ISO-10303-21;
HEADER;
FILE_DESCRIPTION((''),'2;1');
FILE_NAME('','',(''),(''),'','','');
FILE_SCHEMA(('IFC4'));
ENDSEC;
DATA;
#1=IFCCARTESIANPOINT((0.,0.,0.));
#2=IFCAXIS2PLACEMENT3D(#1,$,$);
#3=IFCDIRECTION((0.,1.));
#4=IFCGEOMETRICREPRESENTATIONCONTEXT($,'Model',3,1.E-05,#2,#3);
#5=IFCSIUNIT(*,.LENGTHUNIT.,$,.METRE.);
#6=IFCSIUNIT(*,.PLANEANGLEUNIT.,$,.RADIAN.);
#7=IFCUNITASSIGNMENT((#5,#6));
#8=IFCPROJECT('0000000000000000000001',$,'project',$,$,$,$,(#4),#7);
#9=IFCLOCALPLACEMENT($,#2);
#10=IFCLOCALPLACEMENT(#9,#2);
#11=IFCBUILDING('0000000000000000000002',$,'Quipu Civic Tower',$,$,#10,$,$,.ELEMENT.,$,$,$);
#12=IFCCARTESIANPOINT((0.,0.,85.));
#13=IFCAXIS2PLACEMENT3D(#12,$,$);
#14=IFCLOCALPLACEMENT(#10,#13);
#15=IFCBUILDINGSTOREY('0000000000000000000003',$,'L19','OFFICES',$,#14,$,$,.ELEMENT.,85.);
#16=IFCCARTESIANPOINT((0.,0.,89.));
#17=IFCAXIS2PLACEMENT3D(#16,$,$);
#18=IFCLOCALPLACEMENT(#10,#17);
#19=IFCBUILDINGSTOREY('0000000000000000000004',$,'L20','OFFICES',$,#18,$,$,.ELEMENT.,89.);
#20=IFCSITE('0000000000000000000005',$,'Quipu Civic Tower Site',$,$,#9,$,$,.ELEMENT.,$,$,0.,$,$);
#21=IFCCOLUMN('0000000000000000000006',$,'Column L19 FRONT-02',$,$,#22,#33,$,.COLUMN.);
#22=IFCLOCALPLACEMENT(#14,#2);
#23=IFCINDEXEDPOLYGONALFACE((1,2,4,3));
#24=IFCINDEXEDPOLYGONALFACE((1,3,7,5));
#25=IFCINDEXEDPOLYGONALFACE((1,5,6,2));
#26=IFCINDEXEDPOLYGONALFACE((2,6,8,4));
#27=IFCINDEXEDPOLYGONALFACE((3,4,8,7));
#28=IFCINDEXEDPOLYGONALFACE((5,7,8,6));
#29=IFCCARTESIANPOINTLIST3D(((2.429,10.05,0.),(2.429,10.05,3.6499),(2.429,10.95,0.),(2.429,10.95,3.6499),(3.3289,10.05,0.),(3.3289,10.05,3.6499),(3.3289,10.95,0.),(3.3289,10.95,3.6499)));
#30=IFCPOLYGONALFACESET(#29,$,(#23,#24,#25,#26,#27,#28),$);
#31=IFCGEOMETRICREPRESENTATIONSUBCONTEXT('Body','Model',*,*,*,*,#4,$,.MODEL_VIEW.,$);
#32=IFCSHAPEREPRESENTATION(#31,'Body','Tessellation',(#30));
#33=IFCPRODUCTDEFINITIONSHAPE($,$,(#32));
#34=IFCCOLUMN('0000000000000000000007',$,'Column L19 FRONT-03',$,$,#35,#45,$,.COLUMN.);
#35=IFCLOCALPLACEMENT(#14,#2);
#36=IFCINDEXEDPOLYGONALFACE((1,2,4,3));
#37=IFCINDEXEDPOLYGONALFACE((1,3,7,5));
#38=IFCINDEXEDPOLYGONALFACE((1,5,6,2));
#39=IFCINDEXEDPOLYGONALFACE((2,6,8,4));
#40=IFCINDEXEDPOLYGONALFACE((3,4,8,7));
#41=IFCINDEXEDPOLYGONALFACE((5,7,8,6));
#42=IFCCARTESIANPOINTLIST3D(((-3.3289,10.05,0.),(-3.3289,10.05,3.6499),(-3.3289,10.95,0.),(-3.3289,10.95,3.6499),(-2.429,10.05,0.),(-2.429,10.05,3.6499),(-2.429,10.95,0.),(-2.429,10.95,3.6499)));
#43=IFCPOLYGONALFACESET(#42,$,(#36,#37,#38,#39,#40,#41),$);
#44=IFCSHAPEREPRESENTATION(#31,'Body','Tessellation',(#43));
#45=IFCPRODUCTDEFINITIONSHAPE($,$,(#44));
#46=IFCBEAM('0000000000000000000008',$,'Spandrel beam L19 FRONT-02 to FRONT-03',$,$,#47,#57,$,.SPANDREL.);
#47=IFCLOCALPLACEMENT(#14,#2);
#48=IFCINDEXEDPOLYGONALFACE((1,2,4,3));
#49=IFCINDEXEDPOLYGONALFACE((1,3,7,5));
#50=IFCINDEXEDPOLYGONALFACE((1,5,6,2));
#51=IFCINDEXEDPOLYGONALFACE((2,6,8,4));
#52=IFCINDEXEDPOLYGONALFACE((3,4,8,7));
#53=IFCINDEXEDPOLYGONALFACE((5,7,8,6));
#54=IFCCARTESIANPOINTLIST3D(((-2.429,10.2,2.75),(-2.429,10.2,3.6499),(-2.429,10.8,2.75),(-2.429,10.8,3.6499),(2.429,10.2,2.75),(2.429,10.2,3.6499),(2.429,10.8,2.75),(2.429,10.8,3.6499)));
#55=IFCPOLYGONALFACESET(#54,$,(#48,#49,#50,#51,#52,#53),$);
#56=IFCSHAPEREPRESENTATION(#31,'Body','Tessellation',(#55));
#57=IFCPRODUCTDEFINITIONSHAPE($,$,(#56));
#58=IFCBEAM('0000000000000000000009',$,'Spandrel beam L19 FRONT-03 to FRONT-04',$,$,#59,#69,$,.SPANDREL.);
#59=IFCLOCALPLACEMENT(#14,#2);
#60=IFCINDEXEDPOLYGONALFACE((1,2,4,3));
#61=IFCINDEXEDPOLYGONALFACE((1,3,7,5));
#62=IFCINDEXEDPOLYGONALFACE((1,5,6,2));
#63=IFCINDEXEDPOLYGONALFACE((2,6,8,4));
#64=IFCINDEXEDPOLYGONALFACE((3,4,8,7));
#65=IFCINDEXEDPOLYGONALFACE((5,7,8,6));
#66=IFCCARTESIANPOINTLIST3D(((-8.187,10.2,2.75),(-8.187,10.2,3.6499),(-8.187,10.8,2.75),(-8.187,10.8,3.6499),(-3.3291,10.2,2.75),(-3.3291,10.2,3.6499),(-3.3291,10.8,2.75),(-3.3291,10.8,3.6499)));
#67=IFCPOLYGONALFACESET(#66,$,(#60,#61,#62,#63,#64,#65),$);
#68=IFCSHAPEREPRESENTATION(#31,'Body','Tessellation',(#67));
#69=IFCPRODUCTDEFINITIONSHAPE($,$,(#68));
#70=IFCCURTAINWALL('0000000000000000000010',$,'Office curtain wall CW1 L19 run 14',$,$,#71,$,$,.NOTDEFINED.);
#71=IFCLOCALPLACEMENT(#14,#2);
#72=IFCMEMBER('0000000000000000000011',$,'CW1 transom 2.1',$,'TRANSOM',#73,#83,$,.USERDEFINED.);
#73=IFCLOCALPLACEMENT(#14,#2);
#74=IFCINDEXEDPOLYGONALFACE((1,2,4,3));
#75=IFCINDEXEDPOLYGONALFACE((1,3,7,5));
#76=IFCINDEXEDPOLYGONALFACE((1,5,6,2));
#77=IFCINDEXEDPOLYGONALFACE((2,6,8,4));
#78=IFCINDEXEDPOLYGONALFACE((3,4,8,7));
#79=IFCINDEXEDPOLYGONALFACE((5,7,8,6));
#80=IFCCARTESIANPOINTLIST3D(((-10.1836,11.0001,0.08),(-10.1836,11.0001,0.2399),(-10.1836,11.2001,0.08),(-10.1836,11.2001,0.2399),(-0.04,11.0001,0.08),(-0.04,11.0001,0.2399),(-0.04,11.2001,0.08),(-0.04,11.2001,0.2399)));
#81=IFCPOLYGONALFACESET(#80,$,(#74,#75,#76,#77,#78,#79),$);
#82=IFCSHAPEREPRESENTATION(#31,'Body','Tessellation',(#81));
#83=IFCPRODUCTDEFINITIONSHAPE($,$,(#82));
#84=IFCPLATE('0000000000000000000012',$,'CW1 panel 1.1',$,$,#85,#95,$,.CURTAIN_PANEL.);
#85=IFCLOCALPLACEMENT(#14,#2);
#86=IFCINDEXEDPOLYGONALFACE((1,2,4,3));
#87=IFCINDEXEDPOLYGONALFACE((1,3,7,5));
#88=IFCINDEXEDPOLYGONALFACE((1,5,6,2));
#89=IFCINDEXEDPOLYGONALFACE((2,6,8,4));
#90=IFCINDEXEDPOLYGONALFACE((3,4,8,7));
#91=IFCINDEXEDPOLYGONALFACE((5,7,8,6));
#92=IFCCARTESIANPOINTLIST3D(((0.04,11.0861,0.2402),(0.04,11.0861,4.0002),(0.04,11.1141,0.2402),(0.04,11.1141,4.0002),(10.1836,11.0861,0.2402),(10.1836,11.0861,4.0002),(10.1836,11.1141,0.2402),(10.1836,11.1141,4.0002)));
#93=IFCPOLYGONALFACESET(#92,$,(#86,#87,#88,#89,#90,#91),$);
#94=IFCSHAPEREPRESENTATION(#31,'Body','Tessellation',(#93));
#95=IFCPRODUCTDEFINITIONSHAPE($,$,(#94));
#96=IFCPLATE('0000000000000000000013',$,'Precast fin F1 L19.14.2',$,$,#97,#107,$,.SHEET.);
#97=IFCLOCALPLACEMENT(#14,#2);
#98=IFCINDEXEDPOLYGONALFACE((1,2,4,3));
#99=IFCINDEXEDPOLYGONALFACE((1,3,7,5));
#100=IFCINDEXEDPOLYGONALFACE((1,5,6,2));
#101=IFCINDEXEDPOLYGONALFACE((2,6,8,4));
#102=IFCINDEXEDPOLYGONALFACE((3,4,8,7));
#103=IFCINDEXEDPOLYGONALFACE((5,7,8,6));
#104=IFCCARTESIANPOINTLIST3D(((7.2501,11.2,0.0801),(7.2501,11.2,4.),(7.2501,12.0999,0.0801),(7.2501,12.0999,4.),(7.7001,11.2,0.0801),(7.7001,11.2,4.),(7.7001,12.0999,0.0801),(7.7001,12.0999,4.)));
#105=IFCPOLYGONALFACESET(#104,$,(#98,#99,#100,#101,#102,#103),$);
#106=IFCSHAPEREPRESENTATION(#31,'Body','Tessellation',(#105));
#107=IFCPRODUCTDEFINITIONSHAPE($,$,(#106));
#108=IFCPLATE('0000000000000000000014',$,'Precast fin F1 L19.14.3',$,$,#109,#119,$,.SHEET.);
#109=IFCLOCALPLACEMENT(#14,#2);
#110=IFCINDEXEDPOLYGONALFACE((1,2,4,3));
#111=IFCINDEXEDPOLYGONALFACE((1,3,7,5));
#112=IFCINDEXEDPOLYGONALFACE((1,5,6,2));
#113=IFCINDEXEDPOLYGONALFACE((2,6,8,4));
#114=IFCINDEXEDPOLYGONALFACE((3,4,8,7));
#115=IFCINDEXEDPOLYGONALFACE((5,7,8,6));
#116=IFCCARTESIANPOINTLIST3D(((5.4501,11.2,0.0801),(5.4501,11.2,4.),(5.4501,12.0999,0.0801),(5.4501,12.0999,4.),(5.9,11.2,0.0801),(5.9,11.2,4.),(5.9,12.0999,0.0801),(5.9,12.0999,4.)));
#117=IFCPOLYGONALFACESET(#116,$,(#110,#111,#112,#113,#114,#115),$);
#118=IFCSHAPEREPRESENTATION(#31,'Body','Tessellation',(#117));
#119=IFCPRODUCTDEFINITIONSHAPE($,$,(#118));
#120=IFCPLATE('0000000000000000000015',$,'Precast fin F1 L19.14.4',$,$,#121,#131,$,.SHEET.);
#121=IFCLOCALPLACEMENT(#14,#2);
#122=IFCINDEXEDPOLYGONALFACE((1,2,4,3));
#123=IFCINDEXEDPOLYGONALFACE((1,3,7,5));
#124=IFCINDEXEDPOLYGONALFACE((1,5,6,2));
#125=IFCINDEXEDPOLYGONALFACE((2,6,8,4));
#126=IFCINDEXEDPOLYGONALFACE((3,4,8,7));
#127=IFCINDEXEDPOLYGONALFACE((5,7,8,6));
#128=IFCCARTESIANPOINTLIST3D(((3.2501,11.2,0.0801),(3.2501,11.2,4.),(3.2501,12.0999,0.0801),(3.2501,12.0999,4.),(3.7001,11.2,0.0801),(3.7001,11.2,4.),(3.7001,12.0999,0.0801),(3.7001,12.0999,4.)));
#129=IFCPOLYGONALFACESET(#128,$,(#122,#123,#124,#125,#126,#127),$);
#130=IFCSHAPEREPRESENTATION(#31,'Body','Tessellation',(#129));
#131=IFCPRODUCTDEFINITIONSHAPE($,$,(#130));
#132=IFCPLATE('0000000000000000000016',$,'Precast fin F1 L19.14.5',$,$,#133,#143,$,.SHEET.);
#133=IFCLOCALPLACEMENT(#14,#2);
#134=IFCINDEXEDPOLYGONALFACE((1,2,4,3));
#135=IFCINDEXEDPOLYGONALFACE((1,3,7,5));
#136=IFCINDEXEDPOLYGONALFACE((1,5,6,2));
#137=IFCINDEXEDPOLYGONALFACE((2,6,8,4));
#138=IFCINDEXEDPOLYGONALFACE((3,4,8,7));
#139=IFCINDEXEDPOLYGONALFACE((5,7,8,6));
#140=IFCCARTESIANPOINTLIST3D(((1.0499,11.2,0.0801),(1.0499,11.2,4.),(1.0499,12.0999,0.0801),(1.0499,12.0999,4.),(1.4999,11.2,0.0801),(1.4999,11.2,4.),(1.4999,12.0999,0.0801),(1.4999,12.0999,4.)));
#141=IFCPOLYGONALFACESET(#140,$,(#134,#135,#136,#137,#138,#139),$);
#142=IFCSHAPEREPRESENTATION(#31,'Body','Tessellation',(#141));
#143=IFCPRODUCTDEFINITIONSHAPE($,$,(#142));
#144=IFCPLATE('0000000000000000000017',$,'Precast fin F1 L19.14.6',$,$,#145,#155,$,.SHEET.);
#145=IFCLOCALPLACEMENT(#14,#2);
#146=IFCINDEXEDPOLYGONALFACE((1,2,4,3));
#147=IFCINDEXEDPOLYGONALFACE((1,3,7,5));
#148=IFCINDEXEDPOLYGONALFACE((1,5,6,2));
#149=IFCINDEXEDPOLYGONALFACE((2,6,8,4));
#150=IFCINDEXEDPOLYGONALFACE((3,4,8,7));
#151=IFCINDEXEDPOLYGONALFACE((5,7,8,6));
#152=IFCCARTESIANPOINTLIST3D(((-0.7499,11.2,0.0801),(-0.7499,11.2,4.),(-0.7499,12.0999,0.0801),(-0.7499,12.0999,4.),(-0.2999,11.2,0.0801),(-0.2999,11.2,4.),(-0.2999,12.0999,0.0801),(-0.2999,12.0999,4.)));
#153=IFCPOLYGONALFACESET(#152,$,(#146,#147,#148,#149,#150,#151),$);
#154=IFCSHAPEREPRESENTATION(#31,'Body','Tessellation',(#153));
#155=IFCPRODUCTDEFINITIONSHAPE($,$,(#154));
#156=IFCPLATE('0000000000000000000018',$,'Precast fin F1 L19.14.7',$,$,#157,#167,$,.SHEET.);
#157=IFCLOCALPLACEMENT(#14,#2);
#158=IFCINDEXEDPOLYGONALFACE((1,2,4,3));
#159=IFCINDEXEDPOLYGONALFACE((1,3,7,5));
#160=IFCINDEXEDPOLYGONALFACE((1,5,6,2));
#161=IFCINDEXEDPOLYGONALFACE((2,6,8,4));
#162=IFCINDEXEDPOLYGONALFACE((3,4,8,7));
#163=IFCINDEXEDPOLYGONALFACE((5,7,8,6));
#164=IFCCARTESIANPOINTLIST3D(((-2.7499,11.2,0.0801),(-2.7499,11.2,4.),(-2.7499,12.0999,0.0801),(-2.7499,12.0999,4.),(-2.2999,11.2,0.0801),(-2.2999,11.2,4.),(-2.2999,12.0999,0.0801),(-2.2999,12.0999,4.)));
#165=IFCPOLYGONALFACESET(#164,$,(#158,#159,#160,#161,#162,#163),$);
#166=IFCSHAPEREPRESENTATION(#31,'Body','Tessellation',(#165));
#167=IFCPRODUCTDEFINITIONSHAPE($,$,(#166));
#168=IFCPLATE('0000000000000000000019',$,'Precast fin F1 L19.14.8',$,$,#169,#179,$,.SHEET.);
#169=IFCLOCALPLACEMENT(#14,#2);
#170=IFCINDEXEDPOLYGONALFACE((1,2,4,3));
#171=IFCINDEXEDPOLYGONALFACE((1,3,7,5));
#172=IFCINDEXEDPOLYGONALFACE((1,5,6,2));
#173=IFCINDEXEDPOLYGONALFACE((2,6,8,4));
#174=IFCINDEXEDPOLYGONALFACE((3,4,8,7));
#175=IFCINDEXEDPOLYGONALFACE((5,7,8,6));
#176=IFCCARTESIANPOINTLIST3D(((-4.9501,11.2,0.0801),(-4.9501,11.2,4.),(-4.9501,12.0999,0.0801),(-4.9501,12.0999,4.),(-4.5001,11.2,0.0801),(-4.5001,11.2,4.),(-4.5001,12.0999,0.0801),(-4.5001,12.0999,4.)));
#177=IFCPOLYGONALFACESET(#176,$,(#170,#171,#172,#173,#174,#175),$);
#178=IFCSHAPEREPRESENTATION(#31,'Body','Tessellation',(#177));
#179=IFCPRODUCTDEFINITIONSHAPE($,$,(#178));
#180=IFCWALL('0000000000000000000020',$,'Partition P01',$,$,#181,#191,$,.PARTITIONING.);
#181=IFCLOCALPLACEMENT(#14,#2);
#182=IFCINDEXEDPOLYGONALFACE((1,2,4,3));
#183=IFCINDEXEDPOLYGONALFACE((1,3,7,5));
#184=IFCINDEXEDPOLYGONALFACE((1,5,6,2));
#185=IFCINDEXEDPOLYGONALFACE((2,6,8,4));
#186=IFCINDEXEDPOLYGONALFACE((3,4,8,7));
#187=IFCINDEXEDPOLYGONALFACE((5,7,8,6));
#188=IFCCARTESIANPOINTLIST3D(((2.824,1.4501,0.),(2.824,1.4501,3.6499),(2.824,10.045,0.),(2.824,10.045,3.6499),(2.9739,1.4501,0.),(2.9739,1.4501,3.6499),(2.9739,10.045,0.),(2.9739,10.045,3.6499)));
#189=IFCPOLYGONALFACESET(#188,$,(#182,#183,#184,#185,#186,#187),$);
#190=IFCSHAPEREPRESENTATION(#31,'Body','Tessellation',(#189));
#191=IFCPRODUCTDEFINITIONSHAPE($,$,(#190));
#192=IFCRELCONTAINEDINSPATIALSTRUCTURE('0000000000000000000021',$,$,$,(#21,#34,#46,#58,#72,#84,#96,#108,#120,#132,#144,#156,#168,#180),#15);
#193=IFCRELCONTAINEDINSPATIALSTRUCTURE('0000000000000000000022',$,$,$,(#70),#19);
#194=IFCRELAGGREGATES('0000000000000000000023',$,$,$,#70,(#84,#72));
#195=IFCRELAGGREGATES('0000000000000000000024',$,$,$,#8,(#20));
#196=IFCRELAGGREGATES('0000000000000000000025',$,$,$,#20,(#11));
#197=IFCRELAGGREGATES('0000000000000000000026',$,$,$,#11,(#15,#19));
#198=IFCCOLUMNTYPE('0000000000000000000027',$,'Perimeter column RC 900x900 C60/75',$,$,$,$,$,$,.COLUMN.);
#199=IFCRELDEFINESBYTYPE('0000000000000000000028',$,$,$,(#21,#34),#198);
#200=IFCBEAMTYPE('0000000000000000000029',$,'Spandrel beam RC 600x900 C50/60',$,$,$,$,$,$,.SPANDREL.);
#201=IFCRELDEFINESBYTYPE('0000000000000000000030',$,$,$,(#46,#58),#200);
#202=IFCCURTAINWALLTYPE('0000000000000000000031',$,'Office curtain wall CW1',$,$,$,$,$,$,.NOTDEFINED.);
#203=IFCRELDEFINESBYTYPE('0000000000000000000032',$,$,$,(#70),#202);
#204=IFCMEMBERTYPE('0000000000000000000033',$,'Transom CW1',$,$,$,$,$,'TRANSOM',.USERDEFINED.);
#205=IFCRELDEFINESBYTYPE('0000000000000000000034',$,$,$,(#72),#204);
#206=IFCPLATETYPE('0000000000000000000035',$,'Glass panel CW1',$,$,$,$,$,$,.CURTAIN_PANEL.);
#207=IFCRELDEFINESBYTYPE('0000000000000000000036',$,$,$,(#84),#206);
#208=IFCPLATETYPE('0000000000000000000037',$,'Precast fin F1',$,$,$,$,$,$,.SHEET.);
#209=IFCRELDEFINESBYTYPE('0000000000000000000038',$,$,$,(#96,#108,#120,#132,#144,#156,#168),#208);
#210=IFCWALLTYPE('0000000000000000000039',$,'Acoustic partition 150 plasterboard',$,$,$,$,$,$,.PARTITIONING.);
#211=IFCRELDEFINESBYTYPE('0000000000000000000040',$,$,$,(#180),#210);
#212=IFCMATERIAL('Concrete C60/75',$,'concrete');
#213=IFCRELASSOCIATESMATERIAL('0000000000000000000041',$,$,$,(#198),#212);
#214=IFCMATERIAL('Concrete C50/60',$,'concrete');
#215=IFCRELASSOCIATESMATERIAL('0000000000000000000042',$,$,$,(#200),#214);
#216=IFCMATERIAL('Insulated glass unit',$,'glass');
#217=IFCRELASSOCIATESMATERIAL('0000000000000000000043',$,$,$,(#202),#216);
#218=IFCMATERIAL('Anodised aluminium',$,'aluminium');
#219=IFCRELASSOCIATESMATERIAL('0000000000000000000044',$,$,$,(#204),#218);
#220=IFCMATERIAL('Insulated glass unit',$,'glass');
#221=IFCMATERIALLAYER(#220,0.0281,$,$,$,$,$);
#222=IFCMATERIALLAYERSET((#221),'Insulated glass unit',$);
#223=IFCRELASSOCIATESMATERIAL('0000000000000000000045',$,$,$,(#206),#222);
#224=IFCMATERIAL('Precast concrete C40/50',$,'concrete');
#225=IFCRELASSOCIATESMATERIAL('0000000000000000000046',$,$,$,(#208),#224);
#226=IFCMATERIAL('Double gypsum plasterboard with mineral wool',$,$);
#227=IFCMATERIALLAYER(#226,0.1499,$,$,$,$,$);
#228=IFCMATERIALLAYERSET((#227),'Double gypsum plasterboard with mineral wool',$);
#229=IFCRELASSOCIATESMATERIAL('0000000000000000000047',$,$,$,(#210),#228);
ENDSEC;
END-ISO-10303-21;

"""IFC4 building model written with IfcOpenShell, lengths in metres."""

from ifc_helpers import new_model, si_unit, direction, frame, frame_2d, origin, origin_2d, place, context, subcontext, project, spatial, rectangle, extrude, material, layer, layer_set, material_profile, profile_set, type_object, element, aggregate, save


model = new_model("IFC4")

# Units and contexts
model_context = context("Model", 3, precision=1e-05, world=origin(), true_north=direction((0.0, 1.0)))
body_context = subcontext(model_context, "Body", "Model", "MODEL_VIEW")
ifc_project = project(units=[si_unit("LENGTHUNIT", "METRE"), si_unit("PLANEANGLEUNIT", "RADIAN")], contexts=[model_context])

# Site, building, storey
site_placement = place(None, origin())
site = spatial("IfcSite", under=ifc_project, at=site_placement, Name="Quipu Civic Tower Site", CompositionType="ELEMENT", RefElevation=0.0)
building_placement = place(site_placement, origin())
building = spatial("IfcBuilding", under=site, at=building_placement, Name="Quipu Civic Tower", CompositionType="ELEMENT")
storey_1_placement = place(building_placement, frame((0.0, 0.0, 85.0)))
storey_1 = spatial("IfcBuildingStorey", under=building, at=storey_1_placement, Name="L19", Description="OFFICES", CompositionType="ELEMENT", Elevation=85.0)

# Columns
ifc_material_1 = material(Name="Concrete C60/75", Category="concrete")
ifc_material_profile_1 = material_profile(ifc_material_1, rectangle(XDim=0.8999, YDim=0.8999, at=origin_2d()), Name="RC900x900")
ifc_profile_set_1 = profile_set([ifc_material_profile_1], Name="Concrete C60/75")
column_type = type_object("IfcColumnType", Name="Perimeter column RC 900x900 C60/75", PredefinedType="COLUMN", material=ifc_profile_set_1)
for number, where, z_axis, x_axis, name in (
    (1, (2.8789, 10.5, 0.0), (0.0, 0.0, 1.0), (-1.0, 0.0, 0.0), "Column L19 FRONT-02"),
    (2, (-2.8789, 10.5, 0.0), (0.0, 0.0, 1.0), (-1.0, 0.0, 0.0), "Column L19 FRONT-03"),
):
    element("IfcColumn", number, at=place(storey_1_placement, frame(where, z_axis=z_axis, x_axis=x_axis)), inside=storey_1, type_object=column_type, Name=name, PredefinedType="COLUMN", context=body_context, shape_type="SweptSolid", body=[
        extrude(rectangle(XDim=0.8999, YDim=0.8999, at=origin_2d()), origin(), (0.0, 0.0, 1.0), 3.6499),
    ])

# Beams
ifc_material_2 = material(Name="Concrete C50/60", Category="concrete")
ifc_material_profile_2 = material_profile(ifc_material_2, rectangle(XDim=0.6001, YDim=0.8999, at=origin_2d()), Name="RC600x900")
ifc_profile_set_2 = profile_set([ifc_material_profile_2], Name="Concrete C50/60")
beam_type = type_object("IfcBeamType", Name="Spandrel beam RC 600x900 C50/60", PredefinedType="SPANDREL", material=ifc_profile_set_2)
for number, where, z_axis, x_axis, name in (
    (3, (2.429, 10.5, 3.2), (-1.0, 0.0, 0.0), (0.0, -1.0, 0.0), "Spandrel beam L19 FRONT-02 to FRONT-03"),
    (4, (-3.3291, 10.5, 3.2), (-1.0, 0.0, 0.0), (0.0, -1.0, 0.0), "Spandrel beam L19 FRONT-03 to FRONT-04"),
):
    element("IfcBeam", number, at=place(storey_1_placement, frame(where, z_axis=z_axis, x_axis=x_axis)), inside=storey_1, type_object=beam_type, Name=name, PredefinedType="SPANDREL", context=body_context, shape_type="SweptSolid", body=[
        extrude(rectangle(XDim=0.6001, YDim=0.8999, at=origin_2d()), origin(), (0.0, 0.0, 1.0), 4.8579),
    ])

# Shared definitions
storey_2_placement = place(building_placement, frame((0.0, 0.0, 89.0)))
storey_2 = spatial("IfcBuildingStorey", under=building, at=storey_2_placement, Name="L20", Description="OFFICES", CompositionType="ELEMENT", Elevation=89.0)

# Curtain wall, member, plate
ifc_material_3 = material(Name="Insulated glass unit", Category="glass")
curtain_wall_type = type_object("IfcCurtainWallType", Name="Office curtain wall CW1", PredefinedType="NOTDEFINED", material=ifc_material_3)
curtain_wall_placement = place(storey_2_placement, origin())
curtain_wall = element("IfcCurtainWall", 5, at=curtain_wall_placement, inside=storey_2, type_object=curtain_wall_type, Name="Office curtain wall CW1 L19 run 14", PredefinedType="NOTDEFINED")
ifc_material_4 = material(Name="Anodised aluminium", Category="aluminium")
ifc_material_profile_3 = material_profile(ifc_material_4, rectangle(XDim=0.2, YDim=0.1599, at=origin_2d()), Name="RECT 200x160")
ifc_profile_set_3 = profile_set([ifc_material_profile_3], Name="Anodised aluminium")
member_type = type_object("IfcMemberType", Name="Transom CW1", ElementType="TRANSOM", PredefinedType="USERDEFINED", material=ifc_profile_set_3)
member_placement = place(storey_1_placement, frame((-0.04, 11.1001, 0.1599), z_axis=(-1.0, 0.0, 0.0), x_axis=(0.0, -1.0, 0.0)))
member = element("IfcMember", 6, at=member_placement, inside=storey_1, type_object=member_type, Name="CW1 transom 2.1", ObjectType="TRANSOM", PredefinedType="USERDEFINED", context=body_context, shape_type="SweptSolid", body=[
    extrude(rectangle(XDim=0.2, YDim=0.1599, at=origin_2d()), origin(), (0.0, 0.0, 1.0), 10.1436),
])
ifc_material_5 = material(Name="Insulated glass unit", Category="glass")
ifc_layer_1 = layer(ifc_material_5, 0.0281)
ifc_layer_set_1 = layer_set([ifc_layer_1], Name="Insulated glass unit")
plate_type_1 = type_object("IfcPlateType", Name="Glass panel CW1", PredefinedType="CURTAIN_PANEL", material=ifc_layer_set_1)
plate_placement = place(storey_1_placement, frame((5.1118, 11.1001, 0.2402), z_axis=(0.0, 0.0, 1.0), x_axis=(-1.0, 0.0, 0.0)))
plate = element("IfcPlate", 7, at=plate_placement, inside=storey_1, type_object=plate_type_1, Name="CW1 panel 1.1", PredefinedType="CURTAIN_PANEL", context=body_context, shape_type="SweptSolid", body=[
    extrude(rectangle(XDim=10.1436, YDim=0.0281, at=origin_2d()), origin(), (0.0, 0.0, 1.0), 3.76),
])
aggregate(curtain_wall, [plate, member])

# Plates
ifc_material_6 = material(Name="Precast concrete C40/50", Category="concrete")
plate_type_2 = type_object("IfcPlateType", Name="Precast fin F1", PredefinedType="SHEET", material=ifc_material_6)
for number, where, z_axis, x_axis, name in (
    (8, (7.4751, 11.6499, 0.0801), (0.0, 0.0, 1.0), (-1.0, 0.0, 0.0), "Precast fin F1 L19.14.2"),
    (9, (5.675, 11.6499, 0.0801), (0.0, 0.0, 1.0), (-1.0, 0.0, 0.0), "Precast fin F1 L19.14.3"),
    (10, (3.4751, 11.6499, 0.0801), (0.0, 0.0, 1.0), (-1.0, 0.0, 0.0), "Precast fin F1 L19.14.4"),
    (11, (1.2749, 11.6499, 0.0801), (0.0, 0.0, 1.0), (-1.0, 0.0, 0.0), "Precast fin F1 L19.14.5"),
    (12, (-0.5249, 11.6499, 0.0801), (0.0, 0.0, 1.0), (-1.0, 0.0, 0.0), "Precast fin F1 L19.14.6"),
    (13, (-2.5249, 11.6499, 0.0801), (0.0, 0.0, 1.0), (-1.0, 0.0, 0.0), "Precast fin F1 L19.14.7"),
    (14, (-4.7251, 11.6499, 0.0801), (0.0, 0.0, 1.0), (-1.0, 0.0, 0.0), "Precast fin F1 L19.14.8"),
):
    element("IfcPlate", number, at=place(storey_1_placement, frame(where, z_axis=z_axis, x_axis=x_axis)), inside=storey_1, type_object=plate_type_2, Name=name, PredefinedType="SHEET", context=body_context, shape_type="SweptSolid", body=[
        extrude(rectangle(XDim=0.45, YDim=0.8999, at=origin_2d()), origin(), (0.0, 0.0, 1.0), 3.9199),
    ])

# Wall
ifc_material_7 = material(Name="Double gypsum plasterboard with mineral wool")
ifc_layer_2 = layer(ifc_material_7, 0.1499)
ifc_layer_set_2 = layer_set([ifc_layer_2], Name="Double gypsum plasterboard with mineral wool")
wall_type_1 = type_object("IfcWallType", Name="Acoustic partition 150 plasterboard", PredefinedType="PARTITIONING", material=ifc_layer_set_2)
wall_1_placement = place(storey_1_placement, frame((2.8989, 10.0449, 0.0), z_axis=(0.0, 0.0, 1.0), x_axis=(0.0, -1.0, 0.0)))
element("IfcWall", 15, at=wall_1_placement, inside=storey_1, type_object=wall_type_1, Name="Partition P01", PredefinedType="PARTITIONING", context=body_context, shape_type="SweptSolid", body=[
    extrude(rectangle(XDim=8.595, YDim=0.1499, at=frame_2d((4.2974, 0.0))), origin(), (0.0, 0.0, 1.0), 3.6499),
])

save(model, "model.ifc")
